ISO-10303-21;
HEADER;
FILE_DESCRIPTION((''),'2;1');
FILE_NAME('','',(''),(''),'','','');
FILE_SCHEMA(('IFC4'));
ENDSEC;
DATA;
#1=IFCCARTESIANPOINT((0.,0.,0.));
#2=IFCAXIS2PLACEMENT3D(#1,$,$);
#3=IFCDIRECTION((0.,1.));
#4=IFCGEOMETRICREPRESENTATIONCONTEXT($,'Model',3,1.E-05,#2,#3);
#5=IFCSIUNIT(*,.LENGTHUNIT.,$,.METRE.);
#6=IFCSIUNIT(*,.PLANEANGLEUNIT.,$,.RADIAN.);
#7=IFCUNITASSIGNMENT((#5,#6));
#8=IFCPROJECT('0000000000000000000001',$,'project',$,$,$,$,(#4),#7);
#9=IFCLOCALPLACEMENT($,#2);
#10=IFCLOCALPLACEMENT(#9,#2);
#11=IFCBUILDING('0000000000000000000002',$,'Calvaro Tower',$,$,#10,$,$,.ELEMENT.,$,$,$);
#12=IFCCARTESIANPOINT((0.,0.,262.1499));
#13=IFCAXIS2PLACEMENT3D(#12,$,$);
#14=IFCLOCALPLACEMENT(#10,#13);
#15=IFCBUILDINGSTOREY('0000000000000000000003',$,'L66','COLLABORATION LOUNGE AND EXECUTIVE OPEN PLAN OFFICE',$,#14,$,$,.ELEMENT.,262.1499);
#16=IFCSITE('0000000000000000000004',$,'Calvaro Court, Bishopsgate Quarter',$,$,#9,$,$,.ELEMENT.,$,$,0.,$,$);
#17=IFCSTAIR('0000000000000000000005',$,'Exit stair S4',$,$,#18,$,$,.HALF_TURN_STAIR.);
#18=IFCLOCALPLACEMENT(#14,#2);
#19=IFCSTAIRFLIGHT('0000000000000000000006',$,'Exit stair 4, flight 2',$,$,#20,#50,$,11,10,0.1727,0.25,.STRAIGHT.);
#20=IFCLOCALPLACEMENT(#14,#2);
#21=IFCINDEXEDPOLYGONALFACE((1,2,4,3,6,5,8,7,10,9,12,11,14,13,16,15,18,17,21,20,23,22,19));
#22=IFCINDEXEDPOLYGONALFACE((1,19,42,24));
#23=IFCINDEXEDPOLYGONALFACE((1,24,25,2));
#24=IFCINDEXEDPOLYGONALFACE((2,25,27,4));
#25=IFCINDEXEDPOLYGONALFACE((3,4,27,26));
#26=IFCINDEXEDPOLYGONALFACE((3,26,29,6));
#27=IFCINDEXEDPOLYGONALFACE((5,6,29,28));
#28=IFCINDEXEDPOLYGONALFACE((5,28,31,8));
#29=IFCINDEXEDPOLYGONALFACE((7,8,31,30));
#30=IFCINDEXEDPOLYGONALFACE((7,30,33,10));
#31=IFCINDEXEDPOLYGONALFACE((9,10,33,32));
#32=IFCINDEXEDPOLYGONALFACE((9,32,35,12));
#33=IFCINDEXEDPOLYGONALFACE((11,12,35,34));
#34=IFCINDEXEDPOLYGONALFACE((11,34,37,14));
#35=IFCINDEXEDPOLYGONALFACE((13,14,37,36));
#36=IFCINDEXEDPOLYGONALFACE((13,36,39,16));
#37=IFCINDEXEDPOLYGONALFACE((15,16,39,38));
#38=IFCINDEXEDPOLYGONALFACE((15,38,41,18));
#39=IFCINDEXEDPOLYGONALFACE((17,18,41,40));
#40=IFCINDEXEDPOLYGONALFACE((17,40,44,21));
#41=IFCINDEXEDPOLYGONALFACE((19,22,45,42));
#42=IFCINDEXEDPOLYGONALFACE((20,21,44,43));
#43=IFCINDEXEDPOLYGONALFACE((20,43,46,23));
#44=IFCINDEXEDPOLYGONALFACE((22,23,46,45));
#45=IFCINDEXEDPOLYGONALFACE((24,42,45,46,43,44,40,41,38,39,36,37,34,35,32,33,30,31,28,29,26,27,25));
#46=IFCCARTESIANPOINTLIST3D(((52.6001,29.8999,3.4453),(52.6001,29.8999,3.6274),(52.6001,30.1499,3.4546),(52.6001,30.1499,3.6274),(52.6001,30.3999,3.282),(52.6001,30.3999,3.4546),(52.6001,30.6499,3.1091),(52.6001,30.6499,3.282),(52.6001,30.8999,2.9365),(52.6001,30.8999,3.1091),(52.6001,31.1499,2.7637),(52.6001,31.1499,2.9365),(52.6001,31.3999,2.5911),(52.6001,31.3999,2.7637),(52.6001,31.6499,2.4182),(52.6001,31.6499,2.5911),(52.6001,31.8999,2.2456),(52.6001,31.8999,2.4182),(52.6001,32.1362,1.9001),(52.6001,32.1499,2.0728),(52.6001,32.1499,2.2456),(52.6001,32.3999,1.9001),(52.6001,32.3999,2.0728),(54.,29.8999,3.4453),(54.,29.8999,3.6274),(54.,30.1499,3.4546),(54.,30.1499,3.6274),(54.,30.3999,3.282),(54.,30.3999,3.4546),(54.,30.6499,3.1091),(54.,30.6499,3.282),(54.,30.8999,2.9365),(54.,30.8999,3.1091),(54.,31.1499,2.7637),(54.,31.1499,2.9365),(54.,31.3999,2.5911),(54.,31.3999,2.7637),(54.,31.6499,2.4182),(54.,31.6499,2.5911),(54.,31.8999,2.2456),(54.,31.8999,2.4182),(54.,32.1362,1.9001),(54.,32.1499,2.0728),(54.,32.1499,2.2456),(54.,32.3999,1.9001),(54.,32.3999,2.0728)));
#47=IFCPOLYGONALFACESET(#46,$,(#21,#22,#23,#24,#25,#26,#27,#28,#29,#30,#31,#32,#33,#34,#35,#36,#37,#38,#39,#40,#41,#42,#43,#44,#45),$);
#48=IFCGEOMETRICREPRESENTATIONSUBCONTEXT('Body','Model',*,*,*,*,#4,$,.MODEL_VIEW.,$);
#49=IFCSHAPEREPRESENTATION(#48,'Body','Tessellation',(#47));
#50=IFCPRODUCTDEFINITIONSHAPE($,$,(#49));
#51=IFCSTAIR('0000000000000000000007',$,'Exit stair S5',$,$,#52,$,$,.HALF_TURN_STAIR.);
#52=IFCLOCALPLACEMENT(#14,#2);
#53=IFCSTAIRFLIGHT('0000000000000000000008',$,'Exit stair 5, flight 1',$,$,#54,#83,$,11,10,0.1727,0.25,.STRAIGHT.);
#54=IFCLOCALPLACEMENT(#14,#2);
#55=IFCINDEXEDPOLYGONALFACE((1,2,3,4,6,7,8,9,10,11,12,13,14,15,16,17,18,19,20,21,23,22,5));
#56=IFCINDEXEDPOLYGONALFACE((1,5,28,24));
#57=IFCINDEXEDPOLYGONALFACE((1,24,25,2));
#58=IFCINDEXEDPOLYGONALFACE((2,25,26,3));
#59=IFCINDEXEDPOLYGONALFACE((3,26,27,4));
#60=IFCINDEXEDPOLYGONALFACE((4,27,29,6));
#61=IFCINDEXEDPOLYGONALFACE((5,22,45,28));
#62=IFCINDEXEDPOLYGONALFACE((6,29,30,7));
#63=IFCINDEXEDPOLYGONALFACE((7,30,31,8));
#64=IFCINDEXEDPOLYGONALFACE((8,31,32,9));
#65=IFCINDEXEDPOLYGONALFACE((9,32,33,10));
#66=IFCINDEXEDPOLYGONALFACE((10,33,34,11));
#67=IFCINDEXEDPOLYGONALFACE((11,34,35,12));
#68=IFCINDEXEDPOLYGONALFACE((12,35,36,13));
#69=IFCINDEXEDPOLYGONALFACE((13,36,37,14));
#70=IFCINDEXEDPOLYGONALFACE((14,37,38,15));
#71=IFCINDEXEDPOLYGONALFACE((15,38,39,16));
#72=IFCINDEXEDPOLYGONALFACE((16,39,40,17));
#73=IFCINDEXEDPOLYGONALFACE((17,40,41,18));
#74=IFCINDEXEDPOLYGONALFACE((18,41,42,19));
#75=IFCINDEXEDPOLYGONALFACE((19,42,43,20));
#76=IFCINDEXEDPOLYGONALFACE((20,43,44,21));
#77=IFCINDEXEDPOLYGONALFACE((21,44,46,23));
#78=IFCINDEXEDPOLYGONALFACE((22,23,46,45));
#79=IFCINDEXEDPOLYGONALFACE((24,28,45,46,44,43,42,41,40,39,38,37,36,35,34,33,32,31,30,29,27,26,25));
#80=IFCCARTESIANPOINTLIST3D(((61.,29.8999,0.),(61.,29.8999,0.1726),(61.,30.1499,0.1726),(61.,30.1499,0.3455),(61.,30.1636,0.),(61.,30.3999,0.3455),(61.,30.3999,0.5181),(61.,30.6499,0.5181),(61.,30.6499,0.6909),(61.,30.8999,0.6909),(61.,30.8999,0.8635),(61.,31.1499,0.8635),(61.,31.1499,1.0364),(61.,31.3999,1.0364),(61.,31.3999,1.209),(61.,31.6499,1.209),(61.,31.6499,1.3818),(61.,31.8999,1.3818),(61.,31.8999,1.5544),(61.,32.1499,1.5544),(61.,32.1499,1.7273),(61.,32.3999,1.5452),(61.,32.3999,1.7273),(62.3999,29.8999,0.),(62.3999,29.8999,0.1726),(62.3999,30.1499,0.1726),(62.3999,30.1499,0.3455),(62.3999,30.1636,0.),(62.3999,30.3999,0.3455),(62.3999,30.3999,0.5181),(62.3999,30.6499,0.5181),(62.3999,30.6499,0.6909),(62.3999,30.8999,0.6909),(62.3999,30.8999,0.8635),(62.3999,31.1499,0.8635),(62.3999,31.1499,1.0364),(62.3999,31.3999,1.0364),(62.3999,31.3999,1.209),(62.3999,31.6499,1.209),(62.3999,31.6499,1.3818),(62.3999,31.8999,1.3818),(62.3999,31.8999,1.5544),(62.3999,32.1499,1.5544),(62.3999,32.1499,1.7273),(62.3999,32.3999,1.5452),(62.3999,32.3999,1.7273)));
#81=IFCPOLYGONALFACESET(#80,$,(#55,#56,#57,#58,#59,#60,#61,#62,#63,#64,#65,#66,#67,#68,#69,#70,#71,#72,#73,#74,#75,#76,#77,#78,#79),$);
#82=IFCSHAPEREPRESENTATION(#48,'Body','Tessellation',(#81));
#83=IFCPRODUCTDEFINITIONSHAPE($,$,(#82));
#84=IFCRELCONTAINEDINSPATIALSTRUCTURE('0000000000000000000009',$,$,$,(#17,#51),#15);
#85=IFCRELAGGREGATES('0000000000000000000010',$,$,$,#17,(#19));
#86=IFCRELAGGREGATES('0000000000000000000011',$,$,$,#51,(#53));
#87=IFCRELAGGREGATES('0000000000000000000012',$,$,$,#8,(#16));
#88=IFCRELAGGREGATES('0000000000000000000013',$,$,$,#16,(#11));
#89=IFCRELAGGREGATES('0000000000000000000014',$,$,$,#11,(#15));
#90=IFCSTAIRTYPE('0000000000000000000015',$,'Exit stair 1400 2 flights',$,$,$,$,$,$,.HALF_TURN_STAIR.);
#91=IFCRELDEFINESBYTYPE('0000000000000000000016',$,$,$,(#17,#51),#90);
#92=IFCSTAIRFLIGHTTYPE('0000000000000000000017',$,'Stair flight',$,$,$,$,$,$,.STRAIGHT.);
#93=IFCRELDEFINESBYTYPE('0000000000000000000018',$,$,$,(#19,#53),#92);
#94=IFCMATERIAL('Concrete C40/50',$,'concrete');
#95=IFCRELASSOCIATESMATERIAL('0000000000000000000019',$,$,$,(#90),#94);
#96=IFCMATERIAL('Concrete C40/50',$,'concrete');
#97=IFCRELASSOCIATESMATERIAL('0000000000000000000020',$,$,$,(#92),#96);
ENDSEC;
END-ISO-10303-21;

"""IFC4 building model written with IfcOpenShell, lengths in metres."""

from ifc_helpers import new_model, si_unit, direction, frame, origin, place, context, subcontext, project, spatial, polyline, outline, extrude, material, type_object, element, aggregate, save


model = new_model("IFC4")

# Units and contexts
model_context = context("Model", 3, precision=1e-05, world=origin(), true_north=direction((0.0, 1.0)))
body_context = subcontext(model_context, "Body", "Model", "MODEL_VIEW")
ifc_project = project(units=[si_unit("LENGTHUNIT", "METRE"), si_unit("PLANEANGLEUNIT", "RADIAN")], contexts=[model_context])

# Site, building, storey
site_placement = place(None, origin())
site = spatial("IfcSite", under=ifc_project, at=site_placement, Name="Calvaro Court, Bishopsgate Quarter", CompositionType="ELEMENT", RefElevation=0.0)
building_placement = place(site_placement, origin())
building = spatial("IfcBuilding", under=site, at=building_placement, Name="Calvaro Tower", CompositionType="ELEMENT")
storey_placement = place(building_placement, frame((0.0, 0.0, 262.1499)))
storey = spatial("IfcBuildingStorey", under=building, at=storey_placement, Name="L66", Description="COLLABORATION LOUNGE AND EXECUTIVE OPEN PLAN OFFICE", CompositionType="ELEMENT", Elevation=262.1499)

# Stair, stair flight
ifc_material_1 = material(Name="Concrete C40/50", Category="concrete")
stair_type = type_object("IfcStairType", Name="Exit stair 1400 2 flights", PredefinedType="HALF_TURN_STAIR", material=ifc_material_1)
ifc_material_2 = material(Name="Concrete C40/50", Category="concrete")
stair_flight_type = type_object("IfcStairFlightType", Name="Stair flight", PredefinedType="STRAIGHT", material=ifc_material_2)
stair_1_placement = place(storey_placement, origin())
stair_1 = element("IfcStair", 1, at=stair_1_placement, inside=storey, type_object=stair_type, Name="Exit stair S4", PredefinedType="HALF_TURN_STAIR")
stair_flight_1_placement = place(storey_placement, frame((53.3, 32.3999, 1.9001), z_axis=(0.0, 0.0, 1.0), x_axis=(0.0, -1.0, 0.0)))
stair_flight_1 = element("IfcStairFlight", 2, at=stair_flight_1_placement, type_object=stair_flight_type, Name="Exit stair 4, flight 2", NumberOfRisers=11, NumberOfTreads=10, PredefinedType="STRAIGHT", RiserHeight=0.1727, TreadLength=0.25, context=body_context, shape_type="SweptSolid", body=[
    extrude(outline(polyline([(0.0, 0.0), (0.0, 0.1726), (0.25, 0.1726), (0.25, 0.3455), (0.5, 0.3455), (0.5, 0.5181), (0.75, 0.5181), (0.75, 0.6909), (1.0, 0.6909), (1.0, 0.8635), (1.25, 0.8635), (1.25, 1.0364), (1.5, 1.0364), (1.5, 1.209), (1.75, 1.209), (1.75, 1.3818), (2.0, 1.3818), (2.0, 1.5544), (2.25, 1.5544), (2.25, 1.7273), (2.5, 1.7273), (2.5, 1.8999), (2.5, 1.5452), (0.2637, 0.0), (0.0, 0.0)])), frame((0.0, 0.7, 0.0), z_axis=(0.0, -1.0, 0.0), x_axis=(1.0, 0.0, 0.0)), (0.0, 0.0, 1.0), 1.3999),
])

# Stair, stair flight
stair_2_placement = place(storey_placement, origin())
stair_2 = element("IfcStair", 3, at=stair_2_placement, inside=storey, type_object=stair_type, Name="Exit stair S5", PredefinedType="HALF_TURN_STAIR")
stair_flight_2_placement = place(storey_placement, frame((61.7, 29.8999, 0.0), z_axis=(0.0, 0.0, 1.0), x_axis=(0.0, 1.0, 0.0)))
stair_flight_2 = element("IfcStairFlight", 4, at=stair_flight_2_placement, type_object=stair_flight_type, Name="Exit stair 5, flight 1", NumberOfRisers=11, NumberOfTreads=10, PredefinedType="STRAIGHT", RiserHeight=0.1727, TreadLength=0.25, context=body_context, shape_type="SweptSolid", body=[
    extrude(outline(polyline([(0.0, 0.0), (0.0, 0.1726), (0.25, 0.1726), (0.25, 0.3455), (0.5, 0.3455), (0.5, 0.5181), (0.75, 0.5181), (0.75, 0.6909), (1.0, 0.6909), (1.0, 0.8635), (1.25, 0.8635), (1.25, 1.0364), (1.5, 1.0364), (1.5, 1.209), (1.75, 1.209), (1.75, 1.3818), (2.0, 1.3818), (2.0, 1.5544), (2.25, 1.5544), (2.25, 1.7273), (2.5, 1.7273), (2.5, 1.8999), (2.5, 1.5452), (0.2637, 0.0), (0.0, 0.0)])), frame((0.0, 0.7, 0.0), z_axis=(0.0, -1.0, 0.0), x_axis=(1.0, 0.0, 0.0)), (0.0, 0.0, 1.0), 1.3999),
])

aggregate(stair_1, [stair_flight_1])
aggregate(stair_2, [stair_flight_2])

save(model, "model.ifc")
